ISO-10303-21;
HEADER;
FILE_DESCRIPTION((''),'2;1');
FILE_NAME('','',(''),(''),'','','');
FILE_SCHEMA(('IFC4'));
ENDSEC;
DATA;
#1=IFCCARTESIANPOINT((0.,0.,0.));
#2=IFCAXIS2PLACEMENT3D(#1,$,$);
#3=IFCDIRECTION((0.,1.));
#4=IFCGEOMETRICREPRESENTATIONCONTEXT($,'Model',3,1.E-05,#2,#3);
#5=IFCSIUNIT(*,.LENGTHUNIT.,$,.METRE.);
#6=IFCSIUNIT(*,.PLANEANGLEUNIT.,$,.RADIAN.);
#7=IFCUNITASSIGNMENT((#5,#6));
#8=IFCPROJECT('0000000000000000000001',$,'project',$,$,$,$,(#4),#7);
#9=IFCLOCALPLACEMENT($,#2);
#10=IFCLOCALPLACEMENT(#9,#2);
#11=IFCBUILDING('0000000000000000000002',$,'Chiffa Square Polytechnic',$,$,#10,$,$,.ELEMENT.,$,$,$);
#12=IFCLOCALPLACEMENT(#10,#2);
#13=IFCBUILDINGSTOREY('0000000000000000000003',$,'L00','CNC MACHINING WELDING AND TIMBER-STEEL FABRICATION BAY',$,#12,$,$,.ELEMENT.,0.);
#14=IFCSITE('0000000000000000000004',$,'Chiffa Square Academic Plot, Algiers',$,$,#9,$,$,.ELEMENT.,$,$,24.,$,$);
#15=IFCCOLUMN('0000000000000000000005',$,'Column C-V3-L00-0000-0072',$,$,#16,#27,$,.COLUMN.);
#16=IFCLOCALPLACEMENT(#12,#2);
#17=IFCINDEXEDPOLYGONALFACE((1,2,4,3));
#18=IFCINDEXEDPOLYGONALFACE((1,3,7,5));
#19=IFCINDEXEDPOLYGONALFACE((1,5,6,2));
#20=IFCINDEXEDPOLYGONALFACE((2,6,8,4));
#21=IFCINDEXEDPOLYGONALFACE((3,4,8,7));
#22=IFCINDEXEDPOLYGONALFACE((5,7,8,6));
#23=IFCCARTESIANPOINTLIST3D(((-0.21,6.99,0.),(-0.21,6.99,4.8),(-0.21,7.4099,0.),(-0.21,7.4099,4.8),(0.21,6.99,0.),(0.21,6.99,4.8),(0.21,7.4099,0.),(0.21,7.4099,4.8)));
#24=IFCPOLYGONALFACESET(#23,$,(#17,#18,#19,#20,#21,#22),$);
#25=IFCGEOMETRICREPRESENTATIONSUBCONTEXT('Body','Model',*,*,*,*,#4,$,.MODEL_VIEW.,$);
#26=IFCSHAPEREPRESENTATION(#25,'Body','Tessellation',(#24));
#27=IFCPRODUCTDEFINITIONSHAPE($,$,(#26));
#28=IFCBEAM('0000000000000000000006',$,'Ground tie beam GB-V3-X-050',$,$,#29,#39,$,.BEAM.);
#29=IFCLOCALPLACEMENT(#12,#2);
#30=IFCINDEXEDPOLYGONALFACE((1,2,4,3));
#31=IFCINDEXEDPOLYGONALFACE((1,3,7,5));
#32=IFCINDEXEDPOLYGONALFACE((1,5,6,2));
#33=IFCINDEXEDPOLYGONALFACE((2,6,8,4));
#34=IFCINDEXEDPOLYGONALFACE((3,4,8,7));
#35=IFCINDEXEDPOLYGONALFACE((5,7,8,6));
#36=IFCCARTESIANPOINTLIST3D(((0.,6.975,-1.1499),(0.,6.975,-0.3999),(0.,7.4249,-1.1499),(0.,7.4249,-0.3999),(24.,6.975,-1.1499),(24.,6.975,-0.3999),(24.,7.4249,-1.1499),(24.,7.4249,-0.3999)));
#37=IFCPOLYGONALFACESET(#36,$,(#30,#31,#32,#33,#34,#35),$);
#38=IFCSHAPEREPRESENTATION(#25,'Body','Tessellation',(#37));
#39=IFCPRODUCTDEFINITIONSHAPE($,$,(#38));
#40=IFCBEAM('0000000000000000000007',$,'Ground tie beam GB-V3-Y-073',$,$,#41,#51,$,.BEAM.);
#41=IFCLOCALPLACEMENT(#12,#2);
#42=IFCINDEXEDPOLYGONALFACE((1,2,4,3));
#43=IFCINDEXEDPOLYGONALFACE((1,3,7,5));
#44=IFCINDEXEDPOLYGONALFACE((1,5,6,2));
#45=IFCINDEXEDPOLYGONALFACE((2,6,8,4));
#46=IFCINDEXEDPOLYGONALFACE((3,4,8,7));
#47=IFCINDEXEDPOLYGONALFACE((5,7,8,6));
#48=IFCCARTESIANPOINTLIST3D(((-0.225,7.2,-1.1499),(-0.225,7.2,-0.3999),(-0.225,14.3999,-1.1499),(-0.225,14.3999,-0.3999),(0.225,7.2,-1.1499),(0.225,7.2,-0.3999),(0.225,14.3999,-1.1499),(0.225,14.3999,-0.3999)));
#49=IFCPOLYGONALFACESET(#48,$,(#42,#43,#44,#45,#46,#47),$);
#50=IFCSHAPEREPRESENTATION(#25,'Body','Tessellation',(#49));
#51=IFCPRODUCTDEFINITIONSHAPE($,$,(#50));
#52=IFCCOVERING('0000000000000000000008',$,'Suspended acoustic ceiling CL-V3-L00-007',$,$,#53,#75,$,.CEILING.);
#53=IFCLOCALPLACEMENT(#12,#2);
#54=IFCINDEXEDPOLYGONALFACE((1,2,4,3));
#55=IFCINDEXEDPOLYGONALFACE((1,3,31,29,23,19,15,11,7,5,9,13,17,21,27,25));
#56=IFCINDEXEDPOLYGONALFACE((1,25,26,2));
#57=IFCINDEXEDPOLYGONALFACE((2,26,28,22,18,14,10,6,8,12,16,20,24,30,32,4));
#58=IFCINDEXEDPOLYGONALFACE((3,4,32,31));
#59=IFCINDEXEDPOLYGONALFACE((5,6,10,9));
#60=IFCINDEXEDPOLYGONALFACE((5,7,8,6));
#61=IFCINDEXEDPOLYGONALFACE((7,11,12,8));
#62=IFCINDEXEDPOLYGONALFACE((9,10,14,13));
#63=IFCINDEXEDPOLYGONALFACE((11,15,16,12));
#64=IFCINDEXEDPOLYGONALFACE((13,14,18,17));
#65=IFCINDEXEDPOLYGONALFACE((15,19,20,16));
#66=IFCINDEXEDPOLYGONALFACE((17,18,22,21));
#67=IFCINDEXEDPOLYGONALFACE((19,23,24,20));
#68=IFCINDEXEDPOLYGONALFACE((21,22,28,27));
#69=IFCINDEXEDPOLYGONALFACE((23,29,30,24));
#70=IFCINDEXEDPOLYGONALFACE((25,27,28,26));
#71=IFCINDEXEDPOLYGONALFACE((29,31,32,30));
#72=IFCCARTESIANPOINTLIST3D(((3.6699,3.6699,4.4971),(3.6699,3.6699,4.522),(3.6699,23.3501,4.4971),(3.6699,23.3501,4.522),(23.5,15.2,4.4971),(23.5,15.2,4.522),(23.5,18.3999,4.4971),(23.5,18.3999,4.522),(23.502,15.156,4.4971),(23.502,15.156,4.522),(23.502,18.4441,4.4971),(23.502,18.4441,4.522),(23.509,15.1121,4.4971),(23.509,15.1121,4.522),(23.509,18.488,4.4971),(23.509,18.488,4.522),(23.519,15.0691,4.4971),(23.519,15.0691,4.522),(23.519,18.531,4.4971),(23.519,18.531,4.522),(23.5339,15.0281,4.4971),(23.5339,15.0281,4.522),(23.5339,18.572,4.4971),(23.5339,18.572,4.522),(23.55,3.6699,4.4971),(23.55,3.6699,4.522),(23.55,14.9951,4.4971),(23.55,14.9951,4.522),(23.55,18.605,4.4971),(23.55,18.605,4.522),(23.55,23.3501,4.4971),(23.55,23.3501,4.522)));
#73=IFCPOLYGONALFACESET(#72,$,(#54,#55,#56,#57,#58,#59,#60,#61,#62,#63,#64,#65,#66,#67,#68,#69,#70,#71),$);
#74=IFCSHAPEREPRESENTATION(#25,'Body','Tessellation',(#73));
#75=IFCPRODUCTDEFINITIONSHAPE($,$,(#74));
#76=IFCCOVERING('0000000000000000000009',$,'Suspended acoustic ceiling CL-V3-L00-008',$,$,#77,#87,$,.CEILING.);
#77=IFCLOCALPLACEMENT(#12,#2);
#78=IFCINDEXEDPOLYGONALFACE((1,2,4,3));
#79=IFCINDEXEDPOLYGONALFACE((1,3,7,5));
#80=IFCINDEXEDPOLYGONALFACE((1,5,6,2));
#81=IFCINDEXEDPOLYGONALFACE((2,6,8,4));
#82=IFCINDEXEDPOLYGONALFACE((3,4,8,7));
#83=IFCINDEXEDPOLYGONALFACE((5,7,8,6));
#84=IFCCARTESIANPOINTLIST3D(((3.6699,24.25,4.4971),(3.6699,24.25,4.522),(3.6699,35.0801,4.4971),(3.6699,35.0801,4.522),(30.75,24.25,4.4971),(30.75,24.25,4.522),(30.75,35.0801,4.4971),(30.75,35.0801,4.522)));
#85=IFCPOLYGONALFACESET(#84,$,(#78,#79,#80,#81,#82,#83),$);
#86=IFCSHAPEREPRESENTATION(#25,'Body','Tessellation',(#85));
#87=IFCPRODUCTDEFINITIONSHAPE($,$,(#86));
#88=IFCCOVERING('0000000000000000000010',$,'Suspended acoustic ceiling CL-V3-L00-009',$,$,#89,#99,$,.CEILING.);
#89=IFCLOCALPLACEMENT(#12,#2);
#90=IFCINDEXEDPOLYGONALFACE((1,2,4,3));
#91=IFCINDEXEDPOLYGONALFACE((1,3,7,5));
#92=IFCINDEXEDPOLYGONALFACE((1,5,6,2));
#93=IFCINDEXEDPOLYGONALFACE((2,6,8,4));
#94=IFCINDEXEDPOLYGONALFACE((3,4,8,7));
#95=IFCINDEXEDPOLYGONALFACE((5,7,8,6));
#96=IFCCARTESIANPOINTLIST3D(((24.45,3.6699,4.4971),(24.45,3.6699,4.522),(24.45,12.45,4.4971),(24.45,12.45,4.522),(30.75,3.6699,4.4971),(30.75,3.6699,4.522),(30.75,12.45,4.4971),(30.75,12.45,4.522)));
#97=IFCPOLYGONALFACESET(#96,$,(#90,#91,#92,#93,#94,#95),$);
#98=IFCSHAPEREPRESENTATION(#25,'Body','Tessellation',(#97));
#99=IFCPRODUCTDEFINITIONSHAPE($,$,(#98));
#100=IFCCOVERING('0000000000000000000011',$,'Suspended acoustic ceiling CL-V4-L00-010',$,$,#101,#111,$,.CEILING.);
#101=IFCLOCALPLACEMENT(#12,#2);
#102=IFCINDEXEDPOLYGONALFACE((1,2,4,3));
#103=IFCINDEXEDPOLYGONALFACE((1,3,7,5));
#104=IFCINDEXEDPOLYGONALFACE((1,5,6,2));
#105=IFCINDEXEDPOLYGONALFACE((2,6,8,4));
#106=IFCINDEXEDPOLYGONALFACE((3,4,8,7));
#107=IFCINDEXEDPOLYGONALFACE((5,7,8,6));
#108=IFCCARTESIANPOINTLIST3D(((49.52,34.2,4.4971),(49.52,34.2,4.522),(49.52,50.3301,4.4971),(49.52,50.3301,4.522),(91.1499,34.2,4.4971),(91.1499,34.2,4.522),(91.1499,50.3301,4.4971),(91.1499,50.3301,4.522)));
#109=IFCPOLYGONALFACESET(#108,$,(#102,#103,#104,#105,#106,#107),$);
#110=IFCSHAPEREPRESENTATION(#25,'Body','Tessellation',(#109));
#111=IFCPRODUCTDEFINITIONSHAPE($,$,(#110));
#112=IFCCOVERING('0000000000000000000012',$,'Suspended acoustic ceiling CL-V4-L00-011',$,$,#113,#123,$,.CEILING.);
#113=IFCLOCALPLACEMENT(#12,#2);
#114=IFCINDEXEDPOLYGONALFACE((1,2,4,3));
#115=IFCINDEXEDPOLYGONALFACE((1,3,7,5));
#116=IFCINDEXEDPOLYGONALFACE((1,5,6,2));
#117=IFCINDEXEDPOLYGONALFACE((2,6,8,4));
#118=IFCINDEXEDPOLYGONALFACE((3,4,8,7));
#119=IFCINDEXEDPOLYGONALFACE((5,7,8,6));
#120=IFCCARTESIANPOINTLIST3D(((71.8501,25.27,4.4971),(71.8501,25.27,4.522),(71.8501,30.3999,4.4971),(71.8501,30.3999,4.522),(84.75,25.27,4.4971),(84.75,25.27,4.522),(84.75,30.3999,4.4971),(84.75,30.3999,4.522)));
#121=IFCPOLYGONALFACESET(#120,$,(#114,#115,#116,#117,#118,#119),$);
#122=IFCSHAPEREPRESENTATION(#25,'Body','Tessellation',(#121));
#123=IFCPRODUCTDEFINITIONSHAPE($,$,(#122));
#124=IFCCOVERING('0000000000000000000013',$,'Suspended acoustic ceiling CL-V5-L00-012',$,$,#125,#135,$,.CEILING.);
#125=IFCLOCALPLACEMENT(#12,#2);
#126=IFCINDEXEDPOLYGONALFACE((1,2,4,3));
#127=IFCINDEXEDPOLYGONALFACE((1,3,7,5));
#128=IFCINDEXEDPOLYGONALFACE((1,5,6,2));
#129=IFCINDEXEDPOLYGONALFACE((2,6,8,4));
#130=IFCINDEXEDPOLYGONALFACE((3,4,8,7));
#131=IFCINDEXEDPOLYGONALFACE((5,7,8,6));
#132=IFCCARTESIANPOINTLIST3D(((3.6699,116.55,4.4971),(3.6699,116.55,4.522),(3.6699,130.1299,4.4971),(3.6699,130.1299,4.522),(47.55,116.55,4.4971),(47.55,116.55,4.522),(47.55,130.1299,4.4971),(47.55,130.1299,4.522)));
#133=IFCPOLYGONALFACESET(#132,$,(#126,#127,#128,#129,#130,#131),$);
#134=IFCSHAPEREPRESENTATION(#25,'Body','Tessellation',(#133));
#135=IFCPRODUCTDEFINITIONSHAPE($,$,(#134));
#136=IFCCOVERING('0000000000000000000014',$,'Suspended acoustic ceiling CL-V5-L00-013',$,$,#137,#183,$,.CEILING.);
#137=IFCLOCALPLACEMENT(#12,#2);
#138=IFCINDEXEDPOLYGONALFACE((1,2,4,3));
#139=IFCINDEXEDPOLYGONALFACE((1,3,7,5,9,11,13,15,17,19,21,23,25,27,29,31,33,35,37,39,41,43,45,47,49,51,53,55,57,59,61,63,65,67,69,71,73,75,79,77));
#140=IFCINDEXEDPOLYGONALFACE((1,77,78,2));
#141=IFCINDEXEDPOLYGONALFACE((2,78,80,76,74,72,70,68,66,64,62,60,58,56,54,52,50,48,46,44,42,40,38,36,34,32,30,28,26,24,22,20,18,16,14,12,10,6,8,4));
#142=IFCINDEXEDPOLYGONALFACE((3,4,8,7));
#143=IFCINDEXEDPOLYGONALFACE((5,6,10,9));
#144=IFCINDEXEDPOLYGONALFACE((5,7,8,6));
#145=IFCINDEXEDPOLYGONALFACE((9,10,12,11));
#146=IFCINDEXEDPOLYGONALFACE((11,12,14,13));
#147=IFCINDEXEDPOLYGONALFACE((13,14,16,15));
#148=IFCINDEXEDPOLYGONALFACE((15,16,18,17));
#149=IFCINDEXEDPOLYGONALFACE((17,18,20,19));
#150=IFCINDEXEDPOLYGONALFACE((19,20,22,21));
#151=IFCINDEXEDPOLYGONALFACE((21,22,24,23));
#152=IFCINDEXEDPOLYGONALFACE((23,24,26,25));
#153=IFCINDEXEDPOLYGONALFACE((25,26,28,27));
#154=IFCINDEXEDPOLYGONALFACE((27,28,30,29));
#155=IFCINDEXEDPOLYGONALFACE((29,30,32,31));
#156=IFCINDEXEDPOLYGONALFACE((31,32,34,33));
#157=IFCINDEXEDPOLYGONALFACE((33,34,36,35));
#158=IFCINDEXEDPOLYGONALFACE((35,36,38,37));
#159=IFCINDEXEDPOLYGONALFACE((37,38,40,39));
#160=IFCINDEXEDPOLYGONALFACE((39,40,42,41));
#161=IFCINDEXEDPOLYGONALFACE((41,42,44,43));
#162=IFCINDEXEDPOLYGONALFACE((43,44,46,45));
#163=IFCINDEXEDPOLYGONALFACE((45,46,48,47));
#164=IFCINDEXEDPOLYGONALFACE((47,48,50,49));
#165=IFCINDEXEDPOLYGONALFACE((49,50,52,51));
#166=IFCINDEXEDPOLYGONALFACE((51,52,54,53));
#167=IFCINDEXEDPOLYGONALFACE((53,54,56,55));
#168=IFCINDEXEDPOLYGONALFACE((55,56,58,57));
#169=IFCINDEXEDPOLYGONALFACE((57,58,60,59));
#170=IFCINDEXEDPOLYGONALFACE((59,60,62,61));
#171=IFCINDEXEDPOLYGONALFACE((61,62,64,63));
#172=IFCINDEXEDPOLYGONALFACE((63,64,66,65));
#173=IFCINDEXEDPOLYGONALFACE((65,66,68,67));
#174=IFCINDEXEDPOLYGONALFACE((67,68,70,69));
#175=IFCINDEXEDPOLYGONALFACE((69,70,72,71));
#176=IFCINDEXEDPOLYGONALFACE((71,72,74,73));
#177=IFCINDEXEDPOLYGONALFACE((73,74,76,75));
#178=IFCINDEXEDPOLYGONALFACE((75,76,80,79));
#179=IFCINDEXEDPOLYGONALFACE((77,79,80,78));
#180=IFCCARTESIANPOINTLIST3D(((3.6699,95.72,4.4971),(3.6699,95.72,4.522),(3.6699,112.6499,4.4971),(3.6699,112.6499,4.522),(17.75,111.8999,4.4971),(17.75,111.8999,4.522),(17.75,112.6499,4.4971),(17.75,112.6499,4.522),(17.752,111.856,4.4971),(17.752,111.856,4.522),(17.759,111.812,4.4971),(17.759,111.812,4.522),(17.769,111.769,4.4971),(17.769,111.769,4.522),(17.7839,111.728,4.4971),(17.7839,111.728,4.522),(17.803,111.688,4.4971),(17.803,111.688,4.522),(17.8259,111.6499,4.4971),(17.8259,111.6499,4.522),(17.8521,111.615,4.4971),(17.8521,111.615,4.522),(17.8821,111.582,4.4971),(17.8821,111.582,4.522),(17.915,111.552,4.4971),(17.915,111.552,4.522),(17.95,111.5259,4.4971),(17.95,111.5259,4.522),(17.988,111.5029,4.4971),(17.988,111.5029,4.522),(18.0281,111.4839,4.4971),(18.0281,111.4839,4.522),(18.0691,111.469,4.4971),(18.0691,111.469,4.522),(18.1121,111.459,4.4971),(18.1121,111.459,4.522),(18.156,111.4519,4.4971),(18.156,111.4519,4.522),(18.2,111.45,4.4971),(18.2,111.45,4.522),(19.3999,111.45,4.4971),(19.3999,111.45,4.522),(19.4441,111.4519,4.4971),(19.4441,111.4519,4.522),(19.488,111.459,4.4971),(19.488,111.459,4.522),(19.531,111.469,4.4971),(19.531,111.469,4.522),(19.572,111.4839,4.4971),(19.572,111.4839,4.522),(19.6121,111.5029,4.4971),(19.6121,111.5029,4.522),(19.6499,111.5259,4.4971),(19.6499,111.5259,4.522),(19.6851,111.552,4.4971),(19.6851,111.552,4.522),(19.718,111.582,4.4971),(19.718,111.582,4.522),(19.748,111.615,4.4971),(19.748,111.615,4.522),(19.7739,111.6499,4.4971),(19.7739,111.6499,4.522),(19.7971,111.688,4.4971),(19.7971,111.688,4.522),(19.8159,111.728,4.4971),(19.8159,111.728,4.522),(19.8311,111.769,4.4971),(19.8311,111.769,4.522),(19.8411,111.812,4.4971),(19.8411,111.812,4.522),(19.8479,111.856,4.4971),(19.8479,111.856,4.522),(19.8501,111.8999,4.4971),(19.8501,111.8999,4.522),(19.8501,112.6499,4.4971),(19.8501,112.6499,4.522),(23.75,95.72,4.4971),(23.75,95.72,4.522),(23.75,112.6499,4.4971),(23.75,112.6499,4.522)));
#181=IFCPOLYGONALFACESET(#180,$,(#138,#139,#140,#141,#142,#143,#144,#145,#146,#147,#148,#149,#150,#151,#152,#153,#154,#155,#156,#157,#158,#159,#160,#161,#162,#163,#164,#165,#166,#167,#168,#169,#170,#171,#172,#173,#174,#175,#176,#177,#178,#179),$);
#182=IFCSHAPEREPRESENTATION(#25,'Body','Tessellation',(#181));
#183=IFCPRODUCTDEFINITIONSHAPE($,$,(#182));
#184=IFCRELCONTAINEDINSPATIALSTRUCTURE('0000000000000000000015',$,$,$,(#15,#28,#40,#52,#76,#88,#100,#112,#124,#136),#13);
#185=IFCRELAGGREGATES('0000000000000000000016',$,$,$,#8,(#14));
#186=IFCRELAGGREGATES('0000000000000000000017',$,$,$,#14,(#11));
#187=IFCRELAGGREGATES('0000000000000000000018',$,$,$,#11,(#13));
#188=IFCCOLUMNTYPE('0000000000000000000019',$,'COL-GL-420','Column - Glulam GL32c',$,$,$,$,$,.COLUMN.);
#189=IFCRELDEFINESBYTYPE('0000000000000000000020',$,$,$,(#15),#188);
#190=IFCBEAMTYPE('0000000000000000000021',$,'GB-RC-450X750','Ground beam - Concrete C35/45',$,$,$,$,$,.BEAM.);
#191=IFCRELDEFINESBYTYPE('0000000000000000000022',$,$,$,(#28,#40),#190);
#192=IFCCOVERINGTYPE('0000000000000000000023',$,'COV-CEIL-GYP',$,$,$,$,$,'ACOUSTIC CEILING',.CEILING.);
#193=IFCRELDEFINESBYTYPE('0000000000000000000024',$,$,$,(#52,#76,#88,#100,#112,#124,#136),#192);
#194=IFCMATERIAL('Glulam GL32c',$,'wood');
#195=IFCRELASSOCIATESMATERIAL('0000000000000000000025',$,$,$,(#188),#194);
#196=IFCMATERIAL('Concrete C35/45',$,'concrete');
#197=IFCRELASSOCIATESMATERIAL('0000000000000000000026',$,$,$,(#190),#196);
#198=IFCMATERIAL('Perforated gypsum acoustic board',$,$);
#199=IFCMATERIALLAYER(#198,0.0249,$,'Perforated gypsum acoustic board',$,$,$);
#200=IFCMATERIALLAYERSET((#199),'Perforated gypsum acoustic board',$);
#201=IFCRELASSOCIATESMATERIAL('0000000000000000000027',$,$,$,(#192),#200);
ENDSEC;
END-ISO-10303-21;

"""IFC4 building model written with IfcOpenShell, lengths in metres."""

from ifc_helpers import new_model, si_unit, direction, frame, origin, origin_2d, place, context, subcontext, project, spatial, polyline, rectangle, outline, extrude, material, layer, layer_set, material_profile, profile_set, type_object, element, save


model = new_model("IFC4")

# Units and contexts
model_context = context("Model", 3, precision=1e-05, world=origin(), true_north=direction((0.0, 1.0)))
body_context = subcontext(model_context, "Body", "Model", "MODEL_VIEW")
ifc_project = project(units=[si_unit("LENGTHUNIT", "METRE"), si_unit("PLANEANGLEUNIT", "RADIAN")], contexts=[model_context])

# Site, building, storey
site_placement = place(None, origin())
site = spatial("IfcSite", under=ifc_project, at=site_placement, Name="Chiffa Square Academic Plot, Algiers", CompositionType="ELEMENT", RefElevation=24.0)
building_placement = place(site_placement, origin())
building = spatial("IfcBuilding", under=site, at=building_placement, Name="Chiffa Square Polytechnic", CompositionType="ELEMENT")
storey_placement = place(building_placement, origin())
storey = spatial("IfcBuildingStorey", under=building, at=storey_placement, Name="L00", Description="CNC MACHINING WELDING AND TIMBER-STEEL FABRICATION BAY", CompositionType="ELEMENT", Elevation=0.0)

# Column
ifc_material_1 = material(Name="Glulam GL32c", Category="wood")
ifc_material_profile_1 = material_profile(ifc_material_1, rectangle(XDim=0.4199, YDim=0.4199, at=origin_2d()), Name="GL32c 420x420")
ifc_profile_set_1 = profile_set([ifc_material_profile_1], Name="Glulam GL32c")
column_type = type_object("IfcColumnType", Name="COL-GL-420", Description="Column - Glulam GL32c", PredefinedType="COLUMN", material=ifc_profile_set_1)
column_placement = place(storey_placement, frame((0.0, 7.2, 0.0), z_axis=(0.0, 0.0, 1.0), x_axis=(1.0, 0.0, 0.0)))
element("IfcColumn", 1, at=column_placement, inside=storey, type_object=column_type, Name="Column C-V3-L00-0000-0072", PredefinedType="COLUMN", context=body_context, shape_type="SweptSolid", body=[
    extrude(rectangle(XDim=0.4199, YDim=0.4199, at=origin_2d()), origin(), (0.0, 0.0, 1.0), 4.8),
])

# Beams
ifc_material_2 = material(Name="Concrete C35/45", Category="concrete")
ifc_material_profile_2 = material_profile(ifc_material_2, rectangle(XDim=0.45, YDim=0.75, at=origin_2d()), Name="RC 450x750")
ifc_profile_set_2 = profile_set([ifc_material_profile_2], Name="Concrete C35/45")
beam_type = type_object("IfcBeamType", Name="GB-RC-450X750", Description="Ground beam - Concrete C35/45", PredefinedType="BEAM", material=ifc_profile_set_2)
beam_1_placement = place(storey_placement, frame((0.0, 7.2, -0.7749), z_axis=(1.0, 0.0, 0.0), x_axis=(0.0, 1.0, 0.0)))
element("IfcBeam", 2, at=beam_1_placement, inside=storey, type_object=beam_type, Name="Ground tie beam GB-V3-X-050", PredefinedType="BEAM", context=body_context, shape_type="SweptSolid", body=[
    extrude(rectangle(XDim=0.45, YDim=0.75, at=origin_2d()), origin(), (0.0, 0.0, 1.0), 24.0),
])
beam_2_placement = place(storey_placement, frame((0.0, 7.2, -0.7749), z_axis=(0.0, 1.0, 0.0), x_axis=(-1.0, 0.0, 0.0)))
element("IfcBeam", 3, at=beam_2_placement, inside=storey, type_object=beam_type, Name="Ground tie beam GB-V3-Y-073", PredefinedType="BEAM", context=body_context, shape_type="SweptSolid", body=[
    extrude(rectangle(XDim=0.45, YDim=0.75, at=origin_2d()), origin(), (0.0, 0.0, 1.0), 7.2),
])

# Coverings
ifc_material_3 = material(Name="Perforated gypsum acoustic board")
ifc_layer_1 = layer(ifc_material_3, 0.0249, Name="Perforated gypsum acoustic board")
ifc_layer_set_1 = layer_set([ifc_layer_1], Name="Perforated gypsum acoustic board")
covering_type_1 = type_object("IfcCoveringType", Name="COV-CEIL-GYP", ElementType="ACOUSTIC CEILING", PredefinedType="CEILING", material=ifc_layer_set_1)
covering_1_placement = place(storey_placement, frame((0.0, 0.0, 4.4971)))
element("IfcCovering", 4, at=covering_1_placement, inside=storey, type_object=covering_type_1, Name="Suspended acoustic ceiling CL-V3-L00-007", PredefinedType="CEILING", context=body_context, shape_type="SweptSolid", body=[
    extrude(outline(polyline([(23.55, 14.9951), (23.55, 3.6699), (3.6699, 3.6699), (3.6699, 23.3501), (23.55, 23.3501), (23.55, 18.605), (23.5339, 18.572), (23.519, 18.531), (23.509, 18.488), (23.502, 18.4441), (23.5, 18.3999), (23.5, 15.2), (23.502, 15.156), (23.509, 15.1121), (23.519, 15.0691), (23.5339, 15.0281), (23.55, 14.9951)])), origin(), (0.0, 0.0, 1.0), 0.0249),
])
covering_2_placement = place(storey_placement, frame((0.0, 0.0, 4.4971)))
element("IfcCovering", 5, at=covering_2_placement, inside=storey, type_object=covering_type_1, Name="Suspended acoustic ceiling CL-V3-L00-008", PredefinedType="CEILING", context=body_context, shape_type="SweptSolid", body=[
    extrude(outline(polyline([(3.6699, 24.25), (3.6699, 35.0801), (30.75, 35.0801), (30.75, 24.25), (3.6699, 24.25)])), origin(), (0.0, 0.0, 1.0), 0.0249),
])
covering_3_placement = place(storey_placement, frame((0.0, 0.0, 4.4971)))
element("IfcCovering", 6, at=covering_3_placement, inside=storey, type_object=covering_type_1, Name="Suspended acoustic ceiling CL-V3-L00-009", PredefinedType="CEILING", context=body_context, shape_type="SweptSolid", body=[
    extrude(outline(polyline([(24.45, 12.45), (30.75, 12.45), (30.75, 3.6699), (24.45, 3.6699), (24.45, 12.45)])), origin(), (0.0, 0.0, 1.0), 0.0249),
])
covering_4_placement = place(storey_placement, frame((0.0, 0.0, 4.4971)))
element("IfcCovering", 7, at=covering_4_placement, inside=storey, type_object=covering_type_1, Name="Suspended acoustic ceiling CL-V4-L00-010", PredefinedType="CEILING", context=body_context, shape_type="SweptSolid", body=[
    extrude(outline(polyline([(91.1499, 34.2), (49.52, 34.2), (49.52, 50.3301), (91.1499, 50.3301), (91.1499, 34.2)])), origin(), (0.0, 0.0, 1.0), 0.0249),
])
covering_5_placement = place(storey_placement, frame((0.0, 0.0, 4.4971)))
element("IfcCovering", 8, at=covering_5_placement, inside=storey, type_object=covering_type_1, Name="Suspended acoustic ceiling CL-V4-L00-011", PredefinedType="CEILING", context=body_context, shape_type="SweptSolid", body=[
    extrude(outline(polyline([(71.8501, 30.3999), (84.75, 30.3999), (84.75, 25.27), (71.8501, 25.27), (71.8501, 30.3999)])), origin(), (0.0, 0.0, 1.0), 0.0249),
])
covering_6_placement = place(storey_placement, frame((0.0, 0.0, 4.4971)))
element("IfcCovering", 9, at=covering_6_placement, inside=storey, type_object=covering_type_1, Name="Suspended acoustic ceiling CL-V5-L00-012", PredefinedType="CEILING", context=body_context, shape_type="SweptSolid", body=[
    extrude(outline(polyline([(47.55, 116.55), (3.6699, 116.55), (3.6699, 130.1299), (47.55, 130.1299), (47.55, 116.55)])), origin(), (0.0, 0.0, 1.0), 0.0249),
])
covering_7_placement = place(storey_placement, frame((0.0, 0.0, 4.4971)))
element("IfcCovering", 10, at=covering_7_placement, inside=storey, type_object=covering_type_1, Name="Suspended acoustic ceiling CL-V5-L00-013", PredefinedType="CEILING", context=body_context, shape_type="SweptSolid", body=[
    extrude(outline(polyline([(17.75, 112.6499), (17.75, 111.8999), (17.752, 111.856), (17.759, 111.812), (17.769, 111.769), (17.7839, 111.728), (17.803, 111.688), (17.8259, 111.6499), (17.8521, 111.615), (17.8821, 111.582), (17.915, 111.552), (17.95, 111.5259), (17.988, 111.5029), (18.0281, 111.4839), (18.0691, 111.469), (18.1121, 111.459), (18.156, 111.4519), (18.2, 111.45), (19.3999, 111.45), (19.4441, 111.4519), (19.488, 111.459), (19.531, 111.469), (19.572, 111.4839), (19.6121, 111.5029), (19.6499, 111.5259), (19.6851, 111.552), (19.718, 111.582), (19.748, 111.615), (19.7739, 111.6499), (19.7971, 111.688), (19.8159, 111.728), (19.8311, 111.769), (19.8411, 111.812), (19.8479, 111.856), (19.8501, 111.8999), (19.8501, 112.6499), (23.75, 112.6499), (23.75, 95.72), (3.6699, 95.72), (3.6699, 112.6499), (17.75, 112.6499)])), origin(), (0.0, 0.0, 1.0), 0.0249),
])

save(model, "model.ifc")
